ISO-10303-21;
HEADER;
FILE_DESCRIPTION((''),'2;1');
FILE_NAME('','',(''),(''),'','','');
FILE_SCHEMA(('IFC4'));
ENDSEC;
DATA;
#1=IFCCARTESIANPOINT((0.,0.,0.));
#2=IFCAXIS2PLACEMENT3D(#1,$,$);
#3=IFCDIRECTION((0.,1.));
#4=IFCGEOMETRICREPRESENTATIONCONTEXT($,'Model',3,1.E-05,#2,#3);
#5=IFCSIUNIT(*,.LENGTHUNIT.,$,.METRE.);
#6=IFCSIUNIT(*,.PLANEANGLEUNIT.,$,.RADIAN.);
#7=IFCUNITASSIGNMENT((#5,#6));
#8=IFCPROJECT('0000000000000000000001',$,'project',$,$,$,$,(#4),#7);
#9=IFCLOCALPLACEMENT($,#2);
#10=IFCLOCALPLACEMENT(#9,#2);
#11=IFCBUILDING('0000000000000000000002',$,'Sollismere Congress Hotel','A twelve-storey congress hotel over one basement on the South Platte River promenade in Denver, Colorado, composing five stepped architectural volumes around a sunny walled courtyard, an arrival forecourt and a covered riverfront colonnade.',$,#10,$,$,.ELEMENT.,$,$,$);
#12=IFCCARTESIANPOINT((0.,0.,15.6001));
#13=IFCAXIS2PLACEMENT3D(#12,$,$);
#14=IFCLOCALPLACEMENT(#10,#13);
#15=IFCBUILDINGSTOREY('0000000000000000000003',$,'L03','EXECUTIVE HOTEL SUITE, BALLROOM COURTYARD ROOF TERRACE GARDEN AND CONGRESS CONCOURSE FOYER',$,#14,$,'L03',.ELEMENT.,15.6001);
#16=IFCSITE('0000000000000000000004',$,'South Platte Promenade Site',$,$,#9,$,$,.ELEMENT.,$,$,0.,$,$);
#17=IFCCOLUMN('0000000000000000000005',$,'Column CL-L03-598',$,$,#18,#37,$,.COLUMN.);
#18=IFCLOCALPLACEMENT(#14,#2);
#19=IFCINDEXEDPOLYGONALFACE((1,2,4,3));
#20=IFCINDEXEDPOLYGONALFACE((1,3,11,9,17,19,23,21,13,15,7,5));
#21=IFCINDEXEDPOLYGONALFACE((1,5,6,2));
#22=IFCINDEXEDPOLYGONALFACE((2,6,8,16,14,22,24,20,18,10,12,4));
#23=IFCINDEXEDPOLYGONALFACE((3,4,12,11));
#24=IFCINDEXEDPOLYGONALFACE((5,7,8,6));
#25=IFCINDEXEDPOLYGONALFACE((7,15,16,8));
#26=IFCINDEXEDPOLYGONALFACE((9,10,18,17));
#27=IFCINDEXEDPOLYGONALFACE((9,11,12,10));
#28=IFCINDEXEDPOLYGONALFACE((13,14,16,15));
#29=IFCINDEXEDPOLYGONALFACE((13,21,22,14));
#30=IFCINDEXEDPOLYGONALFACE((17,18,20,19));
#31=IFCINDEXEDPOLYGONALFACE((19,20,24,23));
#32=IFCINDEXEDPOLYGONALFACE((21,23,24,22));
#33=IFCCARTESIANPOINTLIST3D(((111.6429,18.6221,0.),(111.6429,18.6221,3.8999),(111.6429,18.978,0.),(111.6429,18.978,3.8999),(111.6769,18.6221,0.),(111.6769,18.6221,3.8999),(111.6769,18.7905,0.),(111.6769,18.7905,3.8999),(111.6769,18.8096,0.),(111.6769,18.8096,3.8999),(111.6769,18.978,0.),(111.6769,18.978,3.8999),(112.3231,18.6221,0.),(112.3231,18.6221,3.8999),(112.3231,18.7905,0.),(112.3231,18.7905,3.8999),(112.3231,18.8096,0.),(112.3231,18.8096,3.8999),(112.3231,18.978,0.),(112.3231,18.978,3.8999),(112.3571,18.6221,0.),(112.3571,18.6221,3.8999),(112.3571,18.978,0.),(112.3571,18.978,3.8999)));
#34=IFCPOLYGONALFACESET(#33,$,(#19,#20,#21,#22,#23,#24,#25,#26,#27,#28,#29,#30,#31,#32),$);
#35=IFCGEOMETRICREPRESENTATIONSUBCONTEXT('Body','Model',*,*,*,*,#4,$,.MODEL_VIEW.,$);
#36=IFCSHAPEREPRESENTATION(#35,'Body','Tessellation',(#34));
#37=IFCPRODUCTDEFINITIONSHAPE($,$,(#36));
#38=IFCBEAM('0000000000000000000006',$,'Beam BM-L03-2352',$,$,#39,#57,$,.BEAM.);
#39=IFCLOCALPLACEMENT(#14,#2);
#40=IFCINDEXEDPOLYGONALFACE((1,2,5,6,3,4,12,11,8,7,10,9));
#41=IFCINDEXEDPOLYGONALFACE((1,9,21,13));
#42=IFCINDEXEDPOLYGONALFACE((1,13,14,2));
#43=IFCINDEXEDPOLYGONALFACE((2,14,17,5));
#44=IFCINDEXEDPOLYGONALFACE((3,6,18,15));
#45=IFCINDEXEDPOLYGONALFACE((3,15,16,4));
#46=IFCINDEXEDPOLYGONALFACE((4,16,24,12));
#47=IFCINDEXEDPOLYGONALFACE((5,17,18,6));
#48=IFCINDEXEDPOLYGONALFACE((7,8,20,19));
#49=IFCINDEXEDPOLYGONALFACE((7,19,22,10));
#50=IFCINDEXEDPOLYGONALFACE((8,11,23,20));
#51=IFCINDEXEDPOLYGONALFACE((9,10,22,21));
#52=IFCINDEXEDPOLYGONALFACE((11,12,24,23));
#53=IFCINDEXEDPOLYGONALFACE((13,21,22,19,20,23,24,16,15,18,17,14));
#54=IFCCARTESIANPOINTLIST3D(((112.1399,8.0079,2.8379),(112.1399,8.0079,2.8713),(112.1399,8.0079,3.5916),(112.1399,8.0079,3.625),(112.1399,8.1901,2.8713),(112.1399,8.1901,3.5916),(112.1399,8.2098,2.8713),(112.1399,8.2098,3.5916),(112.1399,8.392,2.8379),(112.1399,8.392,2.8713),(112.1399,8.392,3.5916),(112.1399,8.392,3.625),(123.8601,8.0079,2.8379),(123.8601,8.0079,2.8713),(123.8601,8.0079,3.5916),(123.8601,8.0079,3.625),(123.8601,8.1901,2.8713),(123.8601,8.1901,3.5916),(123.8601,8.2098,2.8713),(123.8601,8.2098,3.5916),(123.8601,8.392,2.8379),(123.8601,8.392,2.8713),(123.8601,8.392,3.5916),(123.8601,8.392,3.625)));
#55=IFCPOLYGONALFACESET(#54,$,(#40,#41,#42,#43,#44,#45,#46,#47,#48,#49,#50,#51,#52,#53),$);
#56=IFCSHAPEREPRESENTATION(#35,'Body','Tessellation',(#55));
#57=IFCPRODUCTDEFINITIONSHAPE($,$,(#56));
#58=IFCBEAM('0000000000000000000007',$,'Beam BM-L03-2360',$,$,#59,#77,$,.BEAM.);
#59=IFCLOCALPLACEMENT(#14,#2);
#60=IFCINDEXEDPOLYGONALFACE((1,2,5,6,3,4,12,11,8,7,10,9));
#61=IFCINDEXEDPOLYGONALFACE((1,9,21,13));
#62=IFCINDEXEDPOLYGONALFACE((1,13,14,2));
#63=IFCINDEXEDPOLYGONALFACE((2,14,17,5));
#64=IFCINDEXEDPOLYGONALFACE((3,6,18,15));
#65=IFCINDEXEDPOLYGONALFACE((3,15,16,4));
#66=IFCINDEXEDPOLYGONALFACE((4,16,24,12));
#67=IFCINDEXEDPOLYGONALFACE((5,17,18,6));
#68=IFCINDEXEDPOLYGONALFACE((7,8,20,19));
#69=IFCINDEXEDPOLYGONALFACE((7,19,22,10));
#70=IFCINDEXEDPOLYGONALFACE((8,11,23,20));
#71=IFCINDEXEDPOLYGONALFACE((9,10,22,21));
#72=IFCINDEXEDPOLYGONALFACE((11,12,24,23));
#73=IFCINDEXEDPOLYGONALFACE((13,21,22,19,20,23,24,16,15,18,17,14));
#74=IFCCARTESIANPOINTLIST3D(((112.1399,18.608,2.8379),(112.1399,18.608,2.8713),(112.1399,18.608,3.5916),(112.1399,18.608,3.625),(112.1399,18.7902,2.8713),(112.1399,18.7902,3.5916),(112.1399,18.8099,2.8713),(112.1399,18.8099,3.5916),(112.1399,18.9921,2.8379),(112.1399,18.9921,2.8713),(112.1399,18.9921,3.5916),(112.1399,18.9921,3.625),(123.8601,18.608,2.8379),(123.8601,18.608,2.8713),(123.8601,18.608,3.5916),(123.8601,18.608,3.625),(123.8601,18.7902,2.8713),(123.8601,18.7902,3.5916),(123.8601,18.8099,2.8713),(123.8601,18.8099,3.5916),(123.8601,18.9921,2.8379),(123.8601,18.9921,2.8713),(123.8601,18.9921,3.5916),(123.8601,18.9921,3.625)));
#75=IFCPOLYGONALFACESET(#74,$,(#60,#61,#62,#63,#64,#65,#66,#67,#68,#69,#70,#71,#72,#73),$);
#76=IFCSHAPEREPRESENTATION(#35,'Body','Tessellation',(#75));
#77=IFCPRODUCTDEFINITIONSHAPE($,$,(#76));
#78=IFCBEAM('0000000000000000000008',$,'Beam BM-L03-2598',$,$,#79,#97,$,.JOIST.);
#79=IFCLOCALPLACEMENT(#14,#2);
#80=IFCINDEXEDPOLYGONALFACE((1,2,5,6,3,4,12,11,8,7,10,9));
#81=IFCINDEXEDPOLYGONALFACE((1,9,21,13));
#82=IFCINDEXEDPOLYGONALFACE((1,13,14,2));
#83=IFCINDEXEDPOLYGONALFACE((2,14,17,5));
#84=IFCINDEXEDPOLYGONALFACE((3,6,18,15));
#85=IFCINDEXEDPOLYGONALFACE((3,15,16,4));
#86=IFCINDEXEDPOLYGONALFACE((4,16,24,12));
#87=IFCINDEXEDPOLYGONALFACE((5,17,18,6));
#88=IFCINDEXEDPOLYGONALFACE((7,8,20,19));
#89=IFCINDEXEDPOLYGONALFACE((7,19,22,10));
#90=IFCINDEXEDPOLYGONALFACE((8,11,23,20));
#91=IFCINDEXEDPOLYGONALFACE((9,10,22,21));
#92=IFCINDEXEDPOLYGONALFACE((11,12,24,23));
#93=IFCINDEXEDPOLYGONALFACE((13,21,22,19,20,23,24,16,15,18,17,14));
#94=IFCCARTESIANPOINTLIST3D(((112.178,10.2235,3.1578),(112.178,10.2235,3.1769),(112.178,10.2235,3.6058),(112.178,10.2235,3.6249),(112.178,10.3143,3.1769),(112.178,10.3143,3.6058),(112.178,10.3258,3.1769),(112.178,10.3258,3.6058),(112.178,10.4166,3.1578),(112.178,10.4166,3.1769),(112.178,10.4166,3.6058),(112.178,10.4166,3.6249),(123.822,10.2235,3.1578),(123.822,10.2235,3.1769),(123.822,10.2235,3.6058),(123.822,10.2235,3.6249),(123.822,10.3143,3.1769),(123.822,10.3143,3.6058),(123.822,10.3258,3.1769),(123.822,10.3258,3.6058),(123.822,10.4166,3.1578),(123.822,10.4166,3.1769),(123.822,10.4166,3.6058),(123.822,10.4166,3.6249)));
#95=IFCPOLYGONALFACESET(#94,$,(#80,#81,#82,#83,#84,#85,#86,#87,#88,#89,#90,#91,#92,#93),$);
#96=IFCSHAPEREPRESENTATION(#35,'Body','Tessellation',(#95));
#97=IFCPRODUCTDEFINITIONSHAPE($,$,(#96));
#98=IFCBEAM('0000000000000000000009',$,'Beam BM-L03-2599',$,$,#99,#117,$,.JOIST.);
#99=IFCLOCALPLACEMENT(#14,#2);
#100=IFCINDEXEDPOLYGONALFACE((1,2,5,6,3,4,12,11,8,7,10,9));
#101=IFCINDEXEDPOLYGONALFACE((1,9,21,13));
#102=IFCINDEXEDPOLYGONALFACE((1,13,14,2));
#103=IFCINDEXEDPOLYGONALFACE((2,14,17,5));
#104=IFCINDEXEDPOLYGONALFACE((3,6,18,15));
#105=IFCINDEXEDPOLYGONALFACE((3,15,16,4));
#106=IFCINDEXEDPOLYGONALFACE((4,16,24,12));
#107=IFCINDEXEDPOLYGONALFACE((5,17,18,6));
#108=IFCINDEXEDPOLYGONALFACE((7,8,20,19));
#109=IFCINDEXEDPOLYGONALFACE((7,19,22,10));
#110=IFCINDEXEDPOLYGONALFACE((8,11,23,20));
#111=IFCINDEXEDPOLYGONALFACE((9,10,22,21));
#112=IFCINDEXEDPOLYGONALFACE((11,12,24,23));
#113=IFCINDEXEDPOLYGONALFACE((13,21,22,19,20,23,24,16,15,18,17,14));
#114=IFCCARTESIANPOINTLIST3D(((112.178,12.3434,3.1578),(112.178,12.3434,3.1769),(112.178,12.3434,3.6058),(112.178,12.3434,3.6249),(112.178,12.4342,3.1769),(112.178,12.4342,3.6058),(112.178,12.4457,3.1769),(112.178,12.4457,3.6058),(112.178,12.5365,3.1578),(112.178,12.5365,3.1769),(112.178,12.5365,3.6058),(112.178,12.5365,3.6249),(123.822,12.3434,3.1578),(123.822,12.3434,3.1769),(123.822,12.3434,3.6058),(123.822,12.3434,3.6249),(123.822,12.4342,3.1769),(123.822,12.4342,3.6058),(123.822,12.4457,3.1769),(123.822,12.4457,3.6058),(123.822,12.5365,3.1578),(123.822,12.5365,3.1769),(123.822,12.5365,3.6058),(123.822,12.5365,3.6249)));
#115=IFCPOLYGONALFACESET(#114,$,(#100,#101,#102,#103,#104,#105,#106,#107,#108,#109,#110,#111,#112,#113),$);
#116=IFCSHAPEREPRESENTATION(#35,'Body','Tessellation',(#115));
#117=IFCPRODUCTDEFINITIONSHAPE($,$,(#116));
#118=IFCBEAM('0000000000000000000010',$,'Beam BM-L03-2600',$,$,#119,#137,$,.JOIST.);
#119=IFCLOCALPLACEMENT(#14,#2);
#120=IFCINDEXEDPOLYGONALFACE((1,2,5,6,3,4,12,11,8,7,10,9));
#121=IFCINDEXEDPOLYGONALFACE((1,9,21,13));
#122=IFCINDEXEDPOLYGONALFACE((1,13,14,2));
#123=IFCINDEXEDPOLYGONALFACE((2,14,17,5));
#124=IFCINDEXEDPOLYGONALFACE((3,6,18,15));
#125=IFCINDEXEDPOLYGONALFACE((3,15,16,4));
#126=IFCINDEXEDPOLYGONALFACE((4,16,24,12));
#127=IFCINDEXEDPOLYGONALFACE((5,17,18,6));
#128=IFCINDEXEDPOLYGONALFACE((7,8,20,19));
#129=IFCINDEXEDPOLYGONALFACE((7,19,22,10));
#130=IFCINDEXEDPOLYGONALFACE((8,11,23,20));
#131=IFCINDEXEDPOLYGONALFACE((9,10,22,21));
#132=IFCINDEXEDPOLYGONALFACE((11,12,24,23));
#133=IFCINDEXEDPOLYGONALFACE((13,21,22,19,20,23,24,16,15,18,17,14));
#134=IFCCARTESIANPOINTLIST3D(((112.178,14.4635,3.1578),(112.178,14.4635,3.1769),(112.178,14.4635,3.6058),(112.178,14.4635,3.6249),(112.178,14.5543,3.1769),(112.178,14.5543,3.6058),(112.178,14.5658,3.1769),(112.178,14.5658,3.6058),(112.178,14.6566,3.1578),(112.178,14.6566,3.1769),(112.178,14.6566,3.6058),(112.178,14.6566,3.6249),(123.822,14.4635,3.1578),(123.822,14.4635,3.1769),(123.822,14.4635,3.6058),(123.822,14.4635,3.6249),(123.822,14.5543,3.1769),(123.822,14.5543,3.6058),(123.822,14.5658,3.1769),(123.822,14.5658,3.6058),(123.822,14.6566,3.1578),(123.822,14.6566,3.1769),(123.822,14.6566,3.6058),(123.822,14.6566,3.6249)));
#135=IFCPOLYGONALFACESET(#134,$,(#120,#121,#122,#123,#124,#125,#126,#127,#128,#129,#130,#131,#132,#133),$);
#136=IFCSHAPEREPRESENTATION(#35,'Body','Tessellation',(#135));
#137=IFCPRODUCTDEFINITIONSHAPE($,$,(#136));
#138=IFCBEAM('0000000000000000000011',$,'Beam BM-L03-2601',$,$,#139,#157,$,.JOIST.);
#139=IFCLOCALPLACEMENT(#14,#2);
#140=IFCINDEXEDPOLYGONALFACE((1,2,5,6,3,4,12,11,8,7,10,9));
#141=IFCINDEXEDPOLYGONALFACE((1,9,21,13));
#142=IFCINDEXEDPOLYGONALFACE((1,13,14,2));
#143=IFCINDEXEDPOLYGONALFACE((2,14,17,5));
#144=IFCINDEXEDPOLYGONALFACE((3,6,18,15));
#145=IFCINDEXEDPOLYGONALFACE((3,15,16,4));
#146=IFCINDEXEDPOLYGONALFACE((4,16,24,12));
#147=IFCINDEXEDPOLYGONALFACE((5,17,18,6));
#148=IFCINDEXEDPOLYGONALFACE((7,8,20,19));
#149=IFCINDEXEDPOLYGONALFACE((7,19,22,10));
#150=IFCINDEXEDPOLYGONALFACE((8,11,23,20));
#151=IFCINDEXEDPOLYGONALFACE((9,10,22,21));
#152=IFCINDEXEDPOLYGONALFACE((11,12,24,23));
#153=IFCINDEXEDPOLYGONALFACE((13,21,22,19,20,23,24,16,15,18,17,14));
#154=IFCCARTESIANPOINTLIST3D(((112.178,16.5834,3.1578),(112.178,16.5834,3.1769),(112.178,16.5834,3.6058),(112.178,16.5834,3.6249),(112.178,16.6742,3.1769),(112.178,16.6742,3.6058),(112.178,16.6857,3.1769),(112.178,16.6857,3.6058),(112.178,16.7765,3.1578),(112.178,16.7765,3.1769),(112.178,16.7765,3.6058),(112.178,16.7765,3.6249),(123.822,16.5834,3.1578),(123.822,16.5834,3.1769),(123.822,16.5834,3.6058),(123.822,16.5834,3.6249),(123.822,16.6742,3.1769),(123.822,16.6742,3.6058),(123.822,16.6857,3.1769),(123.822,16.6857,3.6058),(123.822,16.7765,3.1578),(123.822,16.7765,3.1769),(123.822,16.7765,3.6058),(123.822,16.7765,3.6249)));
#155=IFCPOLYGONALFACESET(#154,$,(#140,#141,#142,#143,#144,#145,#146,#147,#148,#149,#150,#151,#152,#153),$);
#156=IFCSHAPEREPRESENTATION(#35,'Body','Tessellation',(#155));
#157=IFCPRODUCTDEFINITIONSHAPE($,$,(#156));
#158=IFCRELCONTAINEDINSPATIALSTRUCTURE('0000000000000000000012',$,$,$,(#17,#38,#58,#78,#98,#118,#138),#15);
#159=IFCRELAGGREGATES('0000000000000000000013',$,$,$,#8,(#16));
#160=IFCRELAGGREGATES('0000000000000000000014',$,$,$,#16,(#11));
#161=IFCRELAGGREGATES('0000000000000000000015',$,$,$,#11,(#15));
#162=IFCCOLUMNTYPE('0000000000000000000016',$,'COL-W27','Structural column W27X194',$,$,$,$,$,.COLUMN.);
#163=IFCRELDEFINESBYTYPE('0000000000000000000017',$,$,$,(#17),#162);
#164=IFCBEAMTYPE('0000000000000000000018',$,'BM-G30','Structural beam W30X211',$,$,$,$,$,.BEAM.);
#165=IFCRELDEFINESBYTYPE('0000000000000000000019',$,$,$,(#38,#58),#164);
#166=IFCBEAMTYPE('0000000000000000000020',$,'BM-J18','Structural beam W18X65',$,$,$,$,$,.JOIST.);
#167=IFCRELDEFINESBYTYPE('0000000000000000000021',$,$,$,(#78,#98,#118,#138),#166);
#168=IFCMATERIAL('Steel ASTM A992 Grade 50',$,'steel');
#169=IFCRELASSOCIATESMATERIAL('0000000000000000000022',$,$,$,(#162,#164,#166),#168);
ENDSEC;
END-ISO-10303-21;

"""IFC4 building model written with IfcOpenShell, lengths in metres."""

from ifc_helpers import new_model, si_unit, direction, frame, origin, origin_2d, place, context, subcontext, project, spatial, i_section, extrude, material, material_profile, profile_set, type_object, element, save


model = new_model("IFC4")

# Units and contexts
model_context = context("Model", 3, precision=1e-05, world=origin(), true_north=direction((0.0, 1.0)))
body_context = subcontext(model_context, "Body", "Model", "MODEL_VIEW")
ifc_project = project(units=[si_unit("LENGTHUNIT", "METRE"), si_unit("PLANEANGLEUNIT", "RADIAN")], contexts=[model_context])

# Site, building, storey
site_placement = place(None, origin())
site = spatial("IfcSite", under=ifc_project, at=site_placement, Name="South Platte Promenade Site", CompositionType="ELEMENT", RefElevation=0.0)
building_placement = place(site_placement, origin())
building = spatial("IfcBuilding", under=site, at=building_placement, Name="Sollismere Congress Hotel", Description="A twelve-storey congress hotel over one basement on the South Platte River promenade in Denver, Colorado, composing five stepped architectural volumes around a sunny walled courtyard, an arrival forecourt and a covered riverfront colonnade.", CompositionType="ELEMENT")
storey_placement = place(building_placement, frame((0.0, 0.0, 15.6001)))
storey = spatial("IfcBuildingStorey", under=building, at=storey_placement, Name="L03", Description="EXECUTIVE HOTEL SUITE, BALLROOM COURTYARD ROOF TERRACE GARDEN AND CONGRESS CONCOURSE FOYER", LongName="L03", CompositionType="ELEMENT", Elevation=15.6001)

# Column
ifc_material_1 = material(Name="Steel ASTM A992 Grade 50", Category="steel")
ifc_material_profile_1 = material_profile(ifc_material_1, i_section(OverallWidth=0.356, OverallDepth=0.7141, WebThickness=0.019, FlangeThickness=0.0339, at=origin_2d()), Name="W27X194")
ifc_profile_set_1 = profile_set([ifc_material_profile_1], Name="Steel ASTM A992 Grade 50")
column_type = type_object("IfcColumnType", Name="COL-W27", Description="Structural column W27X194", PredefinedType="COLUMN", material=ifc_profile_set_1)
column_placement = place(storey_placement, frame((112.0, 18.8, 0.0), z_axis=(0.0, 0.0, 1.0), x_axis=(0.0, 1.0, 0.0)))
element("IfcColumn", 1, at=column_placement, inside=storey, type_object=column_type, Name="Column CL-L03-598", PredefinedType="COLUMN", context=body_context, shape_type="SweptSolid", body=[
    extrude(i_section(OverallWidth=0.356, OverallDepth=0.7141, WebThickness=0.019, FlangeThickness=0.0339, at=origin_2d()), origin(), (0.0, 0.0, 1.0), 3.8999),
])

# Beams
ifc_material_profile_2 = material_profile(ifc_material_1, i_section(OverallWidth=0.384, OverallDepth=0.7871, WebThickness=0.0198, FlangeThickness=0.0334, at=origin_2d()), Name="W30X211")
ifc_profile_set_2 = profile_set([ifc_material_profile_2], Name="Steel ASTM A992 Grade 50")
beam_type_1 = type_object("IfcBeamType", Name="BM-G30", Description="Structural beam W30X211", PredefinedType="BEAM", material=ifc_profile_set_2)
for number, where, z_axis, x_axis, name in (
    (2, (112.1399, 8.2, 3.2314), (1.0, 0.0, 0.0), (0.0, 1.0, 0.0), "Beam BM-L03-2352"),
    (3, (112.1399, 18.8, 3.2314), (1.0, 0.0, 0.0), (0.0, 1.0, 0.0), "Beam BM-L03-2360"),
):
    element("IfcBeam", number, at=place(storey_placement, frame(where, z_axis=z_axis, x_axis=x_axis)), inside=storey, type_object=beam_type_1, Name=name, PredefinedType="BEAM", context=body_context, shape_type="SweptSolid", body=[
        extrude(i_section(OverallWidth=0.384, OverallDepth=0.7871, WebThickness=0.0198, FlangeThickness=0.0334, at=origin_2d()), origin(), (0.0, 0.0, 1.0), 11.7202),
    ])
ifc_material_profile_3 = material_profile(ifc_material_1, i_section(OverallWidth=0.1931, OverallDepth=0.467, WebThickness=0.0115, FlangeThickness=0.019, at=origin_2d()), Name="W18X65")
ifc_profile_set_3 = profile_set([ifc_material_profile_3], Name="Steel ASTM A992 Grade 50")
beam_type_2 = type_object("IfcBeamType", Name="BM-J18", Description="Structural beam W18X65", PredefinedType="JOIST", material=ifc_profile_set_3)
for number, where, z_axis, x_axis, name in (
    (4, (112.178, 10.3201, 3.3914), (1.0, 0.0, 0.0), (0.0, 1.0, 0.0), "Beam BM-L03-2598"),
    (5, (112.178, 12.4399, 3.3914), (1.0, 0.0, 0.0), (0.0, 1.0, 0.0), "Beam BM-L03-2599"),
    (6, (112.178, 14.5601, 3.3914), (1.0, 0.0, 0.0), (0.0, 1.0, 0.0), "Beam BM-L03-2600"),
    (7, (112.178, 16.6799, 3.3914), (1.0, 0.0, 0.0), (0.0, 1.0, 0.0), "Beam BM-L03-2601"),
):
    element("IfcBeam", number, at=place(storey_placement, frame(where, z_axis=z_axis, x_axis=x_axis)), inside=storey, type_object=beam_type_2, Name=name, PredefinedType="JOIST", context=body_context, shape_type="SweptSolid", body=[
        extrude(i_section(OverallWidth=0.1931, OverallDepth=0.467, WebThickness=0.0115, FlangeThickness=0.019, at=origin_2d()), origin(), (0.0, 0.0, 1.0), 11.644),
    ])

save(model, "model.ifc")
